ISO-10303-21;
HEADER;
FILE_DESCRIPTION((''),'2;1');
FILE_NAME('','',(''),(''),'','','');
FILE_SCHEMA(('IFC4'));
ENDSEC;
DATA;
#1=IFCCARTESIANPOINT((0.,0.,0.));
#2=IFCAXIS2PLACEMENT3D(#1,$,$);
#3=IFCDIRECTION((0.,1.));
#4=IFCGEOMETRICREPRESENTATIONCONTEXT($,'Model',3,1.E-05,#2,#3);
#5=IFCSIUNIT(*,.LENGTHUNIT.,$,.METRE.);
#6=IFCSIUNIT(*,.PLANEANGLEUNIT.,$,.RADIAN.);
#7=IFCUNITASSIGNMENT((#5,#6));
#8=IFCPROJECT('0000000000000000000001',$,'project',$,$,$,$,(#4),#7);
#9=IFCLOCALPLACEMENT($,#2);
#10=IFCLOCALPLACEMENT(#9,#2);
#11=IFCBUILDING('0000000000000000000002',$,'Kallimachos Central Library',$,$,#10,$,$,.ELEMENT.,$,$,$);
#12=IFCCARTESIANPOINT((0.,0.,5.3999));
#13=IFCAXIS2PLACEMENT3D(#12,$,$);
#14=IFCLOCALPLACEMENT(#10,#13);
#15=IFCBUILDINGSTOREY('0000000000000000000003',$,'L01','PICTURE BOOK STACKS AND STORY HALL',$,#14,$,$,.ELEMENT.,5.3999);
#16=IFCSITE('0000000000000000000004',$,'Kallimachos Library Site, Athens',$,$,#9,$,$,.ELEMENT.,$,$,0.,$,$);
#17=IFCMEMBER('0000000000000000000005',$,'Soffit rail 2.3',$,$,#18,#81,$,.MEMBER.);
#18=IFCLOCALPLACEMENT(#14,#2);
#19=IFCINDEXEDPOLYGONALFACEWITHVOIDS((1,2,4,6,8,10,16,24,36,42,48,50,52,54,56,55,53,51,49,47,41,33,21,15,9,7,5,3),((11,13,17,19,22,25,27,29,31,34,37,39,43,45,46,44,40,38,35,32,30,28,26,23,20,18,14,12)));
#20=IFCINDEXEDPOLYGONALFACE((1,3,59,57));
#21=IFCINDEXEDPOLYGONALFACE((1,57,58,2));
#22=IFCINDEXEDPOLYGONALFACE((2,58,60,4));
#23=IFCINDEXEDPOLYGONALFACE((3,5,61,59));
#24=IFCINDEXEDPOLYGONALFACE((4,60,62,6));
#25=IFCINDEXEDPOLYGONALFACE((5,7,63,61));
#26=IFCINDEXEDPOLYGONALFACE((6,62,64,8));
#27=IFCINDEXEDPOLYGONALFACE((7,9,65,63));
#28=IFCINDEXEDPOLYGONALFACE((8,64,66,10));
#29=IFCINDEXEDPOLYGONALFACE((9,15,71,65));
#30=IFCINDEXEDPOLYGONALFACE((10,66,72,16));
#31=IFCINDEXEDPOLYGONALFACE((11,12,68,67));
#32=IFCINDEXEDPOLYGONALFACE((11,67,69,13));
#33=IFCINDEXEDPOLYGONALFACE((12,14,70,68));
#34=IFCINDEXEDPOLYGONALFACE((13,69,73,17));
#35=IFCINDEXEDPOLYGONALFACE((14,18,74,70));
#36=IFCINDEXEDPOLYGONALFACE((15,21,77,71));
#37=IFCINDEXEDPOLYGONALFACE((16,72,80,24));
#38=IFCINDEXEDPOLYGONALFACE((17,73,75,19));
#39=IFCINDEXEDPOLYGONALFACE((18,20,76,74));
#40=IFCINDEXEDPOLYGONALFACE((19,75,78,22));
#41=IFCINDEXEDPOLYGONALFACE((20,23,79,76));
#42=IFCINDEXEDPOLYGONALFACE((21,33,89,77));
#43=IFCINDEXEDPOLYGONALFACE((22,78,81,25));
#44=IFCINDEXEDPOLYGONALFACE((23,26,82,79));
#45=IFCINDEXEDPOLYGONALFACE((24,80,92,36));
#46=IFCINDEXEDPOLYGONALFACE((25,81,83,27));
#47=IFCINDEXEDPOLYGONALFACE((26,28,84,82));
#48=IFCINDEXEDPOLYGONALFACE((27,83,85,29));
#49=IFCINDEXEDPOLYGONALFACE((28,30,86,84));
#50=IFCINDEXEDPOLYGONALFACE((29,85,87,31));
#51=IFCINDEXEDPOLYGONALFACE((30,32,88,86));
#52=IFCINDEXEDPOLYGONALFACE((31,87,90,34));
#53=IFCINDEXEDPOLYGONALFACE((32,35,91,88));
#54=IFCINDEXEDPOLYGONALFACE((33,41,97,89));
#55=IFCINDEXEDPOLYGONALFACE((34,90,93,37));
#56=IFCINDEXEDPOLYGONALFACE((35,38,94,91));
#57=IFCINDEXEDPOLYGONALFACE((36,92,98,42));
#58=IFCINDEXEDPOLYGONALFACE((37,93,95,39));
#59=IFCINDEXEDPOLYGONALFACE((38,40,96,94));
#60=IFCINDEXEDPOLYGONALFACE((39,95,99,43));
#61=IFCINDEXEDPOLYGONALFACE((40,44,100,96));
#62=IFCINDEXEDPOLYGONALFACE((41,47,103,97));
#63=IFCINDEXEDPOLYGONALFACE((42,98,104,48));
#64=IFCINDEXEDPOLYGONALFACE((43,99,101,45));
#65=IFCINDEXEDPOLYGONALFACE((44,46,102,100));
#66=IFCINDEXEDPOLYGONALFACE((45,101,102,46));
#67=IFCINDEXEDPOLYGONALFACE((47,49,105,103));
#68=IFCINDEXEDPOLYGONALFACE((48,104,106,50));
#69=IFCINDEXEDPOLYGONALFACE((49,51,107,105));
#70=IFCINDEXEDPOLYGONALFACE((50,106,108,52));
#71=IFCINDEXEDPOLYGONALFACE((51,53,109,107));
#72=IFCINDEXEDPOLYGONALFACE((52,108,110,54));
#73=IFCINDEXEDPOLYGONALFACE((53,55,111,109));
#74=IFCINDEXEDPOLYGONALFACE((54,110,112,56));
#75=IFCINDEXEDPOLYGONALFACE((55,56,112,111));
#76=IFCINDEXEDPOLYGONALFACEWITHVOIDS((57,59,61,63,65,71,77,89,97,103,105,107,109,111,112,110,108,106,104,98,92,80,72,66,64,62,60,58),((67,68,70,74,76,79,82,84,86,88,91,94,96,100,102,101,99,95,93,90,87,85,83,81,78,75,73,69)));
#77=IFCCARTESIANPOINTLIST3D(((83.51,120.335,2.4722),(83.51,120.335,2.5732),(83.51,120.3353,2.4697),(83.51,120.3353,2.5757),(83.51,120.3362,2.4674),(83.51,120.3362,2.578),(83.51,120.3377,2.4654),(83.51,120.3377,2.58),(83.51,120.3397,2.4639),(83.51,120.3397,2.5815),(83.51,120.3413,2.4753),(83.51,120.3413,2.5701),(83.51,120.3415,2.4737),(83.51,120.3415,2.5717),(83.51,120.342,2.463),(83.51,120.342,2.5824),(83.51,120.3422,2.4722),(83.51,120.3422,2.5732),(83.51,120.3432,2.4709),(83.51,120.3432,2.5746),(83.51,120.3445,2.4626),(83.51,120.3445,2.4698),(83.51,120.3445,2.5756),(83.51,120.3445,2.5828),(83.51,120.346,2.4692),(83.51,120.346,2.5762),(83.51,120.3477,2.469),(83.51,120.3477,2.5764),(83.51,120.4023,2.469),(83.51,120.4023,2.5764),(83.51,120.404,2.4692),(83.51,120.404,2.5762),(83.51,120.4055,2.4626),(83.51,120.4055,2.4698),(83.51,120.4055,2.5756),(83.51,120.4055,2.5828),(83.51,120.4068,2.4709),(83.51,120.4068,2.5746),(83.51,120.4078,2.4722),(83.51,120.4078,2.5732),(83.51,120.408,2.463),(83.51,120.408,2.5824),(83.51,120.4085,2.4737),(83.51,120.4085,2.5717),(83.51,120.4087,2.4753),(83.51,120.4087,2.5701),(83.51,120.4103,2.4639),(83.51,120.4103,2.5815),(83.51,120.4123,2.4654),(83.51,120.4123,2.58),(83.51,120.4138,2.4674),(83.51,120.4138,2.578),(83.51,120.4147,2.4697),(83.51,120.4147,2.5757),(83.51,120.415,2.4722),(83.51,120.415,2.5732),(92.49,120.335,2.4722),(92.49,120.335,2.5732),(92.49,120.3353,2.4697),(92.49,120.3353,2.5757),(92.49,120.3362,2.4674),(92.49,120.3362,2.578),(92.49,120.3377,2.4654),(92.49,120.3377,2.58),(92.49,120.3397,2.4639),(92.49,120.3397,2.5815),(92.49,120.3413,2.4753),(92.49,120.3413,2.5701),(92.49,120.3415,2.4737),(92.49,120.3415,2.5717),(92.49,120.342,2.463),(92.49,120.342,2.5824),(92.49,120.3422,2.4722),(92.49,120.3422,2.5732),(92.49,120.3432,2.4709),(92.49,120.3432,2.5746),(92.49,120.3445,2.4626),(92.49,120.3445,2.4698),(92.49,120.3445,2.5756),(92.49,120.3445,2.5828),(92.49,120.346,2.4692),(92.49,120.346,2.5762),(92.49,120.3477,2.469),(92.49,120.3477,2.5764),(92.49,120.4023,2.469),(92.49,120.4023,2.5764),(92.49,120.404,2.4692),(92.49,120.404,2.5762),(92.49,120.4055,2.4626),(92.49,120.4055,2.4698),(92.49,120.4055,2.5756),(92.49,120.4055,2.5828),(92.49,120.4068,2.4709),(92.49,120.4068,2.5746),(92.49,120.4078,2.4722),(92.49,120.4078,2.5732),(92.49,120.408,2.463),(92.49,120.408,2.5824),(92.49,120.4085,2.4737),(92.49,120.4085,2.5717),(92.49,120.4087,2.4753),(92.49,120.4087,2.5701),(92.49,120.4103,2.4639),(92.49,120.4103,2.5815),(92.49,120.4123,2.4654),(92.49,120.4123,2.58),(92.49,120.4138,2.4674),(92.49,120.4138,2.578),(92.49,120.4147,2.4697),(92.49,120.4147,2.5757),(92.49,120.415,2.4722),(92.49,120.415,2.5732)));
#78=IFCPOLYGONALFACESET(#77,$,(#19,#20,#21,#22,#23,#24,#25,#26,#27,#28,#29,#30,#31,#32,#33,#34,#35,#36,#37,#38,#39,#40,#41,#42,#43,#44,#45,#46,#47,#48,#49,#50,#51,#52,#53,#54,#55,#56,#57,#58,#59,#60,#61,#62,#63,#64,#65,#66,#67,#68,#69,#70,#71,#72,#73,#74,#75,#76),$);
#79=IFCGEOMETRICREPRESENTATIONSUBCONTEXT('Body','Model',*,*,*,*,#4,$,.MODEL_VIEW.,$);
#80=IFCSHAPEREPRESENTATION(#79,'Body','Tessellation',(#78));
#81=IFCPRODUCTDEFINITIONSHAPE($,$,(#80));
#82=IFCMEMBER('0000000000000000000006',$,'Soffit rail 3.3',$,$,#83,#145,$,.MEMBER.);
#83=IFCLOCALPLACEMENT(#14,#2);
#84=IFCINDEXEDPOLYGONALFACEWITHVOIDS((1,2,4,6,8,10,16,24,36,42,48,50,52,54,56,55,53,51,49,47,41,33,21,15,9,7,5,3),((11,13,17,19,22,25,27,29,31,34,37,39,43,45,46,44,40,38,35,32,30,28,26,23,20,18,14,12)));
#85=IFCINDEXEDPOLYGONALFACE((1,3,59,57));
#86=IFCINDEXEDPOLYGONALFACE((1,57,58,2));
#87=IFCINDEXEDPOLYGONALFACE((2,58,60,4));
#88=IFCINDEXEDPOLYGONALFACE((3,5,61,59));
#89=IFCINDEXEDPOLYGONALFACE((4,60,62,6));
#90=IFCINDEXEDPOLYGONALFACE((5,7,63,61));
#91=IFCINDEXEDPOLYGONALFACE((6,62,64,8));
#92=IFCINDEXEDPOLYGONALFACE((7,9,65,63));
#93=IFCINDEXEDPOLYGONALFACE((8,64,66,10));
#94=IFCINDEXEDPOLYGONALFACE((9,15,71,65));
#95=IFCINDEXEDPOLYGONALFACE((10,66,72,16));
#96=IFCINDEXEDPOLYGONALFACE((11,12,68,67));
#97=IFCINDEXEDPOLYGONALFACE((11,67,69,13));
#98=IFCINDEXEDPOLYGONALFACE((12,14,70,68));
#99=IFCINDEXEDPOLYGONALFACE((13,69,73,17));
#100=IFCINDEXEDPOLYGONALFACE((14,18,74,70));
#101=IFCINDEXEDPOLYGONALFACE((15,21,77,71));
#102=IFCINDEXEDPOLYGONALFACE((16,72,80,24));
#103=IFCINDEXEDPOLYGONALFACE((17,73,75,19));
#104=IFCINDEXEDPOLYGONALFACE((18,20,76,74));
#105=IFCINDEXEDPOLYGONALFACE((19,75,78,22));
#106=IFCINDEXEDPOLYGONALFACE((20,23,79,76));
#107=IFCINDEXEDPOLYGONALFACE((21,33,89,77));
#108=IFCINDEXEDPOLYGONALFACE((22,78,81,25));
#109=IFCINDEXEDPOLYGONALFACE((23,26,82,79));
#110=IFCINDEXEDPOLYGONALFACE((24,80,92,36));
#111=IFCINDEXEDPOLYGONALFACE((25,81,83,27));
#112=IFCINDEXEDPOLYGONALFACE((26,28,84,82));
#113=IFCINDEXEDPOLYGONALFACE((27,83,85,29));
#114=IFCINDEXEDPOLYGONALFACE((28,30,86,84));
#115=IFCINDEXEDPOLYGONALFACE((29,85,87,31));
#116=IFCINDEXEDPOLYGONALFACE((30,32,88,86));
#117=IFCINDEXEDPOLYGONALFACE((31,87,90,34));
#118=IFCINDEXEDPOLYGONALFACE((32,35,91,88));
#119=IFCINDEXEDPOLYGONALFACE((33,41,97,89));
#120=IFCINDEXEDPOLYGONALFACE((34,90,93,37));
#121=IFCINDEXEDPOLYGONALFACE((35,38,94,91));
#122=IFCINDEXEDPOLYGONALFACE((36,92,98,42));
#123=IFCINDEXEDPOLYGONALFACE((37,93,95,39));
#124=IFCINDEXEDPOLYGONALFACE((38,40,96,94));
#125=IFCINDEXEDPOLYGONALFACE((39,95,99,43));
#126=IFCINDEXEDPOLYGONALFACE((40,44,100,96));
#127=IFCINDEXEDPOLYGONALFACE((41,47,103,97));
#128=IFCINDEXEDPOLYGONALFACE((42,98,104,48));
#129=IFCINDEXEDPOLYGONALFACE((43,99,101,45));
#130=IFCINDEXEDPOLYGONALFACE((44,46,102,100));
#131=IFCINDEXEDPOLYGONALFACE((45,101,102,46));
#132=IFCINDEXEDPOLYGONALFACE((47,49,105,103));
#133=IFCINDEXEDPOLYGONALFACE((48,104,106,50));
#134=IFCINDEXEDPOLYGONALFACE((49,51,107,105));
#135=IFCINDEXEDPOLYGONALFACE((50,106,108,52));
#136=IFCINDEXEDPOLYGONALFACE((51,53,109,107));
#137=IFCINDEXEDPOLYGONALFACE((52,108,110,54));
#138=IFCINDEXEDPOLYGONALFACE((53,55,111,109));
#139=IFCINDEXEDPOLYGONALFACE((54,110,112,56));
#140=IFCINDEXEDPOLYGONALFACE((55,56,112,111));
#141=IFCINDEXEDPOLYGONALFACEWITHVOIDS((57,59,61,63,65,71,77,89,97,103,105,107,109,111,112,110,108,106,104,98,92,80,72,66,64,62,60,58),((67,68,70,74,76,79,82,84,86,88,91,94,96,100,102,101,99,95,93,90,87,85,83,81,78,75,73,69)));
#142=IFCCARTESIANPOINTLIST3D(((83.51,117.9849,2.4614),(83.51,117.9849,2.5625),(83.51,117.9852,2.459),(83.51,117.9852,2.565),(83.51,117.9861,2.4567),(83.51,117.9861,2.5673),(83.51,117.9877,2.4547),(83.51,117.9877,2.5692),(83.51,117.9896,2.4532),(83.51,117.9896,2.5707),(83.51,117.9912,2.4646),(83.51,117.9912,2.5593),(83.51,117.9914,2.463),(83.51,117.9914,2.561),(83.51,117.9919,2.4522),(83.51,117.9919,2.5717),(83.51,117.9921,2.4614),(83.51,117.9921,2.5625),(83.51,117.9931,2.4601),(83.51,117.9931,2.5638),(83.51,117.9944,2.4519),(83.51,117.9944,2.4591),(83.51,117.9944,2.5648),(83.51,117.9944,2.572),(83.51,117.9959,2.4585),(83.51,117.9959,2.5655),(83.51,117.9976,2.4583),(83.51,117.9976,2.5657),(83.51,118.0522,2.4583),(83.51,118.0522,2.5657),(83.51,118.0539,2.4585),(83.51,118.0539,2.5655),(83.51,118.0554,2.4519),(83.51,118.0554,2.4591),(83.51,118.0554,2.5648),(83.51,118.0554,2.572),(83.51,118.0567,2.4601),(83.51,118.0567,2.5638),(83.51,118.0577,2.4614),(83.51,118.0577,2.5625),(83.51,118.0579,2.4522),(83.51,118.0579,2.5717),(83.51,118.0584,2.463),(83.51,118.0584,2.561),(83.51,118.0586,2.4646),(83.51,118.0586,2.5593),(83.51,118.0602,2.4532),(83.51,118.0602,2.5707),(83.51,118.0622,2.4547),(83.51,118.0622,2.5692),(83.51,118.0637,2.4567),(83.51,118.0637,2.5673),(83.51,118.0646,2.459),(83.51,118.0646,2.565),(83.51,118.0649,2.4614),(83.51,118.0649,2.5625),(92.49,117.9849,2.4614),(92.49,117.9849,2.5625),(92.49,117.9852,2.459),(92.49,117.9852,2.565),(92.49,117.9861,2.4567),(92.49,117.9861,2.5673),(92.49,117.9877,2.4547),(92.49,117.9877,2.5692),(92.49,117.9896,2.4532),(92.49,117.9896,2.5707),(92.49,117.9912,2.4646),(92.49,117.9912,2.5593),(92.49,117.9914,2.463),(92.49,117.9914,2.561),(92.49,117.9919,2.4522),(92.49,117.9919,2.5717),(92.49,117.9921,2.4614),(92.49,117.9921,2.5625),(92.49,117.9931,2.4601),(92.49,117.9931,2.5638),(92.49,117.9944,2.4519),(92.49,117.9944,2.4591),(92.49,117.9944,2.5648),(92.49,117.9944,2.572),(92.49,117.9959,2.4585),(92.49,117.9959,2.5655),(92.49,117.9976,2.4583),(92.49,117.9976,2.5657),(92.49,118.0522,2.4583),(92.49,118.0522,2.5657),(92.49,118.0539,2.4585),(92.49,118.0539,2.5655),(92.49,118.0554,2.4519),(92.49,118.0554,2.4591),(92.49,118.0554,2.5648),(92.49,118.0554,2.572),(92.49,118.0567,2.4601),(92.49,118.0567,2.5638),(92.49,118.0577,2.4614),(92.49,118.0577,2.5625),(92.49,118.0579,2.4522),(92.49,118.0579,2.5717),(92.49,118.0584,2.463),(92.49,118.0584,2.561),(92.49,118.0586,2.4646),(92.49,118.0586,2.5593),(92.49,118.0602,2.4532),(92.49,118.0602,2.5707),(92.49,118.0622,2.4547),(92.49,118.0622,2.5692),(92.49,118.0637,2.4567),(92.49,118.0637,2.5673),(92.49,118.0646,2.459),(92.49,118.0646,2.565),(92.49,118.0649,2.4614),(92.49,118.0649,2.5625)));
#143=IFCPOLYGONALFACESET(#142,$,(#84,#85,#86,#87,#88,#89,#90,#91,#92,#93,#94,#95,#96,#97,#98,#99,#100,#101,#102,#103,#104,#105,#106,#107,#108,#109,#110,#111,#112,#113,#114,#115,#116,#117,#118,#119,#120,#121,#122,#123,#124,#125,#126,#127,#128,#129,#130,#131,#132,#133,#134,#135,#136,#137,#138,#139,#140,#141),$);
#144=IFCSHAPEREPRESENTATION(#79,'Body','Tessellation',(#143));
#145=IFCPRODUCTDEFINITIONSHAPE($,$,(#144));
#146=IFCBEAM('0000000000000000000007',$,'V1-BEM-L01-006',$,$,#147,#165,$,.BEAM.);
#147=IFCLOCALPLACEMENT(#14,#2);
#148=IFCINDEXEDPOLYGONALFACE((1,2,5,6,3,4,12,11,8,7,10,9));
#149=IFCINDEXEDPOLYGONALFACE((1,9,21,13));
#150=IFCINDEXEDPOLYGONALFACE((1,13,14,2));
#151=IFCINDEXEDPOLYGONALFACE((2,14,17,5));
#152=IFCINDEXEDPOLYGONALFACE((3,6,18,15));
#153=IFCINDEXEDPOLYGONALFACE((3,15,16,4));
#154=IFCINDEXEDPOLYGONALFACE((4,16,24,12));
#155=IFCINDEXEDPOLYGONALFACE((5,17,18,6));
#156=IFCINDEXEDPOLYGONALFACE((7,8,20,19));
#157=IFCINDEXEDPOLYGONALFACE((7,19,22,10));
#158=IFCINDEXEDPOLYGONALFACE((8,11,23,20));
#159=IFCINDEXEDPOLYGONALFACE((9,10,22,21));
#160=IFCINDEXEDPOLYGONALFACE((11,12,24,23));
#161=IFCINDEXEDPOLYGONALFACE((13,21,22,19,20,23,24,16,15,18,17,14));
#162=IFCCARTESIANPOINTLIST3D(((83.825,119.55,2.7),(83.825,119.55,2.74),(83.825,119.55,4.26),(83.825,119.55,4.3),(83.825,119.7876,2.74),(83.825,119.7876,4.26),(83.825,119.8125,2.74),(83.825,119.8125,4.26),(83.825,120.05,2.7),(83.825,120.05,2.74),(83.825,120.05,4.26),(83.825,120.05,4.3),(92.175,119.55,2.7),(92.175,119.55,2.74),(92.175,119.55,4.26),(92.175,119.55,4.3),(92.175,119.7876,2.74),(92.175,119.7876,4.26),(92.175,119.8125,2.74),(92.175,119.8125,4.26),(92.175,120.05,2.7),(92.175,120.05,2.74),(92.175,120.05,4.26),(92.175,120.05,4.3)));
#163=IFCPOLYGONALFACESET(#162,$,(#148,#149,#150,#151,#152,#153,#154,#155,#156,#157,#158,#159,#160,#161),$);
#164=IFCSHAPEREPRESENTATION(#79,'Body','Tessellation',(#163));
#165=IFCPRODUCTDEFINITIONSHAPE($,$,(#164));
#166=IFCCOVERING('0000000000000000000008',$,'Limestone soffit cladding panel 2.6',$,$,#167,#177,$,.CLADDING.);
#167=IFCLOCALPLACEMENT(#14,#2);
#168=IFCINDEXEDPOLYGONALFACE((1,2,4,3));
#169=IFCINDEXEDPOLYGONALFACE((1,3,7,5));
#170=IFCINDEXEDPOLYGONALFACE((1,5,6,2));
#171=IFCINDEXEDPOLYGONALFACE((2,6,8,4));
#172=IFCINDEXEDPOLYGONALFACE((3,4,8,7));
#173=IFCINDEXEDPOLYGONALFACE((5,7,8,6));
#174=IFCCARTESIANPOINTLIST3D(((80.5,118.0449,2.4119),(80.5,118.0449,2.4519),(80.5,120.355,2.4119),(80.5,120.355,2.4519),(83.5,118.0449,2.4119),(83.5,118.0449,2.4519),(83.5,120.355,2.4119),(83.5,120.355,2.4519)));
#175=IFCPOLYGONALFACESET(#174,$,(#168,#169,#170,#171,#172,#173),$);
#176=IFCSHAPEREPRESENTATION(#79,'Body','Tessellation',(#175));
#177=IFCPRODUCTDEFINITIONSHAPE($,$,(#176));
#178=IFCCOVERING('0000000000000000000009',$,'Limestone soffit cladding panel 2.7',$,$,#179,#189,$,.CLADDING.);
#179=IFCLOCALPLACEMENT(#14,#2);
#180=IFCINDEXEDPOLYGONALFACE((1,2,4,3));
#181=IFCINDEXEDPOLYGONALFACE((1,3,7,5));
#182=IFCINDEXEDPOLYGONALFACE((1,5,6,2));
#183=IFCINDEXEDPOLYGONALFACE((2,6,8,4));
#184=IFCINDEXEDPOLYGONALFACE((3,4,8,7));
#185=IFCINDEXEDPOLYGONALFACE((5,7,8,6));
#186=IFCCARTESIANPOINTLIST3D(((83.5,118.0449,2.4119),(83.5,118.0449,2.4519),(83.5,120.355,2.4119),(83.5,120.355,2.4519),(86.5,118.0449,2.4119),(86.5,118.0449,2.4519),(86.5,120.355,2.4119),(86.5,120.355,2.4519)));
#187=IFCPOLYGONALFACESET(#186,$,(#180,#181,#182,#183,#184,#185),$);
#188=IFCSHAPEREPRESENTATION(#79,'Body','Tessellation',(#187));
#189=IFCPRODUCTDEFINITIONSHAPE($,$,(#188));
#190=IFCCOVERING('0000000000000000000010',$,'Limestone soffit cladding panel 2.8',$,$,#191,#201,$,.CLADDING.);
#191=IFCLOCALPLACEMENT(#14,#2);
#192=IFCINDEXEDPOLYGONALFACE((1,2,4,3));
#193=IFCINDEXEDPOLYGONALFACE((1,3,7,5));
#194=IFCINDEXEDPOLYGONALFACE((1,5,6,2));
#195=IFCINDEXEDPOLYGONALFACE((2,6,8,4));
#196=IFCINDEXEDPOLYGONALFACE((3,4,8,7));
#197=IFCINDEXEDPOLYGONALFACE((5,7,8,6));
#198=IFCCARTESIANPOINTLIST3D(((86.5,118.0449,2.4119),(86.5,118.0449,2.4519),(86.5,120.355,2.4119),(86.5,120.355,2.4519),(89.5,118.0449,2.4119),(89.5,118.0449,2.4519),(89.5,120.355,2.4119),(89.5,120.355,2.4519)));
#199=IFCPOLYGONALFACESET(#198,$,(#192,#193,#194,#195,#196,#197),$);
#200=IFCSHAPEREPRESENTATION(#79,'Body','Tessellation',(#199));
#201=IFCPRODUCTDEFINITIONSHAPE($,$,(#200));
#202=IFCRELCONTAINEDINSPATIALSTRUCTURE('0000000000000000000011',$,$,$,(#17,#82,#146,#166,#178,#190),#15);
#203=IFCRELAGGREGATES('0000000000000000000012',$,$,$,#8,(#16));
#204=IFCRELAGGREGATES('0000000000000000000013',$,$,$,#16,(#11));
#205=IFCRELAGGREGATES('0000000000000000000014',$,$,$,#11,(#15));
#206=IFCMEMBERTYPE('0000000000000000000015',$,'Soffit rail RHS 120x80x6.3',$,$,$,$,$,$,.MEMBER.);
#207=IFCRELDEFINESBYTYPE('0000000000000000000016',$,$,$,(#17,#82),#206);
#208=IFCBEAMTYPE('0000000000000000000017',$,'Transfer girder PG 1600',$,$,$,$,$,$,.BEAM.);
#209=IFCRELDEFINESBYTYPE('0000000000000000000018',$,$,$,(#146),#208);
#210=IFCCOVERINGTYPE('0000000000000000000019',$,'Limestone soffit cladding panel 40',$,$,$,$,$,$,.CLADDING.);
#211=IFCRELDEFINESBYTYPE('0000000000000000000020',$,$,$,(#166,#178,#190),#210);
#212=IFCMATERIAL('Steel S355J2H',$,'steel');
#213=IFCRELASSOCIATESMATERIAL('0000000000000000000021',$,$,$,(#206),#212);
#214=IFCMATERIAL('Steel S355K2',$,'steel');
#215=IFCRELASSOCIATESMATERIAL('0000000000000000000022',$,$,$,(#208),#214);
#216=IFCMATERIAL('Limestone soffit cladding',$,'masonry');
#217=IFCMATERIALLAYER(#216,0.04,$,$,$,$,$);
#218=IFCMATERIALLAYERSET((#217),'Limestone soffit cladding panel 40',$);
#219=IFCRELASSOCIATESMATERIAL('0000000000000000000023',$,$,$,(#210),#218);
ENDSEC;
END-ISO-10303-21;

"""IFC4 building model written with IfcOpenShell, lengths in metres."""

from ifc_helpers import new_model, si_unit, direction, frame, origin, origin_2d, place, context, subcontext, project, spatial, polyline, hollow_rectangle, i_section, outline, extrude, material, layer, layer_set, material_profile, profile_set, type_object, element, save


model = new_model("IFC4")

# Units and contexts
model_context = context("Model", 3, precision=1e-05, world=origin(), true_north=direction((0.0, 1.0)))
body_context = subcontext(model_context, "Body", "Model", "MODEL_VIEW")
ifc_project = project(units=[si_unit("LENGTHUNIT", "METRE"), si_unit("PLANEANGLEUNIT", "RADIAN")], contexts=[model_context])

# Site, building, storey
site_placement = place(None, origin())
site = spatial("IfcSite", under=ifc_project, at=site_placement, Name="Kallimachos Library Site, Athens", CompositionType="ELEMENT", RefElevation=0.0)
building_placement = place(site_placement, origin())
building = spatial("IfcBuilding", under=site, at=building_placement, Name="Kallimachos Central Library", CompositionType="ELEMENT")
storey_placement = place(building_placement, frame((0.0, 0.0, 5.3999)))
storey = spatial("IfcBuildingStorey", under=building, at=storey_placement, Name="L01", Description="PICTURE BOOK STACKS AND STORY HALL", CompositionType="ELEMENT", Elevation=5.3999)

# Members
ifc_material_1 = material(Name="Steel S355J2H", Category="steel")
ifc_material_profile_1 = material_profile(ifc_material_1, hollow_rectangle(XDim=0.0801, YDim=0.1201, WallThickness=0.0063, InnerFilletRadius=0.0063, OuterFilletRadius=0.0095, at=origin_2d()), Name="RHS 120x80x6.3")
ifc_profile_set_1 = profile_set([ifc_material_profile_1], Name="Steel S355J2H")
member_type_1 = type_object("IfcMemberType", Name="Soffit rail RHS 120x80x6.3", PredefinedType="MEMBER", material=ifc_profile_set_1)
for number, where, z_axis, x_axis, name in (
    (1, (83.51, 120.375, 2.5227), (1.0, 0.0, 0.0), (0.0, 1.0, 0.0), "Soffit rail 2.3"),
    (2, (83.51, 118.0249, 2.512), (1.0, 0.0, 0.0), (0.0, 1.0, 0.0), "Soffit rail 3.3"),
):
    element("IfcMember", number, at=place(storey_placement, frame(where, z_axis=z_axis, x_axis=x_axis)), inside=storey, type_object=member_type_1, Name=name, PredefinedType="MEMBER", context=body_context, shape_type="SweptSolid", body=[
        extrude(hollow_rectangle(XDim=0.0801, YDim=0.1201, WallThickness=0.0063, InnerFilletRadius=0.0063, OuterFilletRadius=0.0095, at=origin_2d()), origin(), (0.0, 0.0, 1.0), 8.98),
    ])

# Beam
ifc_material_2 = material(Name="Steel S355K2", Category="steel")
ifc_material_profile_2 = material_profile(ifc_material_2, i_section(OverallWidth=0.5, OverallDepth=1.6001, WebThickness=0.0249, FlangeThickness=0.04, at=origin_2d()), Name="PG 1600x500-25/40")
ifc_profile_set_2 = profile_set([ifc_material_profile_2], Name="Steel S355K2")
beam_type_1 = type_object("IfcBeamType", Name="Transfer girder PG 1600", PredefinedType="BEAM", material=ifc_profile_set_2)
beam_1_placement = place(storey_placement, frame((83.825, 119.8, 3.5), z_axis=(1.0, 0.0, 0.0), x_axis=(0.0, 1.0, 0.0)))
element("IfcBeam", 3, at=beam_1_placement, inside=storey, type_object=beam_type_1, Name="V1-BEM-L01-006", PredefinedType="BEAM", context=body_context, shape_type="SweptSolid", body=[
    extrude(i_section(OverallWidth=0.5, OverallDepth=1.6001, WebThickness=0.0249, FlangeThickness=0.04, at=origin_2d()), origin(), (0.0, 0.0, 1.0), 8.3501),
])

# Coverings
ifc_material_3 = material(Name="Limestone soffit cladding", Category="masonry")
ifc_layer_1 = layer(ifc_material_3, 0.04)
ifc_layer_set_1 = layer_set([ifc_layer_1], Name="Limestone soffit cladding panel 40")
covering_type_1 = type_object("IfcCoveringType", Name="Limestone soffit cladding panel 40", PredefinedType="CLADDING", material=ifc_layer_set_1)
for number, where, z_axis, x_axis, name in (
    (4, (80.5, 120.355, 2.4519), (0.0, 0.0, 1.0), (1.0, 0.0, 0.0), "Limestone soffit cladding panel 2.6"),
    (5, (83.5, 120.355, 2.4519), (0.0, 0.0, 1.0), (1.0, 0.0, 0.0), "Limestone soffit cladding panel 2.7"),
    (6, (86.5, 120.355, 2.4519), (0.0, 0.0, 1.0), (1.0, 0.0, 0.0), "Limestone soffit cladding panel 2.8"),
):
    element("IfcCovering", number, at=place(storey_placement, frame(where, z_axis=z_axis, x_axis=x_axis)), inside=storey, type_object=covering_type_1, Name=name, PredefinedType="CLADDING", context=body_context, shape_type="SweptSolid", body=[
        extrude(outline(polyline([(0.0, 0.0), (3.0, 0.0), (3.0, -2.3101), (0.0, -2.3101), (0.0, 0.0)])), origin(), (0.0, 0.0, -1.0), 0.04),
    ])

save(model, "model.ifc")
